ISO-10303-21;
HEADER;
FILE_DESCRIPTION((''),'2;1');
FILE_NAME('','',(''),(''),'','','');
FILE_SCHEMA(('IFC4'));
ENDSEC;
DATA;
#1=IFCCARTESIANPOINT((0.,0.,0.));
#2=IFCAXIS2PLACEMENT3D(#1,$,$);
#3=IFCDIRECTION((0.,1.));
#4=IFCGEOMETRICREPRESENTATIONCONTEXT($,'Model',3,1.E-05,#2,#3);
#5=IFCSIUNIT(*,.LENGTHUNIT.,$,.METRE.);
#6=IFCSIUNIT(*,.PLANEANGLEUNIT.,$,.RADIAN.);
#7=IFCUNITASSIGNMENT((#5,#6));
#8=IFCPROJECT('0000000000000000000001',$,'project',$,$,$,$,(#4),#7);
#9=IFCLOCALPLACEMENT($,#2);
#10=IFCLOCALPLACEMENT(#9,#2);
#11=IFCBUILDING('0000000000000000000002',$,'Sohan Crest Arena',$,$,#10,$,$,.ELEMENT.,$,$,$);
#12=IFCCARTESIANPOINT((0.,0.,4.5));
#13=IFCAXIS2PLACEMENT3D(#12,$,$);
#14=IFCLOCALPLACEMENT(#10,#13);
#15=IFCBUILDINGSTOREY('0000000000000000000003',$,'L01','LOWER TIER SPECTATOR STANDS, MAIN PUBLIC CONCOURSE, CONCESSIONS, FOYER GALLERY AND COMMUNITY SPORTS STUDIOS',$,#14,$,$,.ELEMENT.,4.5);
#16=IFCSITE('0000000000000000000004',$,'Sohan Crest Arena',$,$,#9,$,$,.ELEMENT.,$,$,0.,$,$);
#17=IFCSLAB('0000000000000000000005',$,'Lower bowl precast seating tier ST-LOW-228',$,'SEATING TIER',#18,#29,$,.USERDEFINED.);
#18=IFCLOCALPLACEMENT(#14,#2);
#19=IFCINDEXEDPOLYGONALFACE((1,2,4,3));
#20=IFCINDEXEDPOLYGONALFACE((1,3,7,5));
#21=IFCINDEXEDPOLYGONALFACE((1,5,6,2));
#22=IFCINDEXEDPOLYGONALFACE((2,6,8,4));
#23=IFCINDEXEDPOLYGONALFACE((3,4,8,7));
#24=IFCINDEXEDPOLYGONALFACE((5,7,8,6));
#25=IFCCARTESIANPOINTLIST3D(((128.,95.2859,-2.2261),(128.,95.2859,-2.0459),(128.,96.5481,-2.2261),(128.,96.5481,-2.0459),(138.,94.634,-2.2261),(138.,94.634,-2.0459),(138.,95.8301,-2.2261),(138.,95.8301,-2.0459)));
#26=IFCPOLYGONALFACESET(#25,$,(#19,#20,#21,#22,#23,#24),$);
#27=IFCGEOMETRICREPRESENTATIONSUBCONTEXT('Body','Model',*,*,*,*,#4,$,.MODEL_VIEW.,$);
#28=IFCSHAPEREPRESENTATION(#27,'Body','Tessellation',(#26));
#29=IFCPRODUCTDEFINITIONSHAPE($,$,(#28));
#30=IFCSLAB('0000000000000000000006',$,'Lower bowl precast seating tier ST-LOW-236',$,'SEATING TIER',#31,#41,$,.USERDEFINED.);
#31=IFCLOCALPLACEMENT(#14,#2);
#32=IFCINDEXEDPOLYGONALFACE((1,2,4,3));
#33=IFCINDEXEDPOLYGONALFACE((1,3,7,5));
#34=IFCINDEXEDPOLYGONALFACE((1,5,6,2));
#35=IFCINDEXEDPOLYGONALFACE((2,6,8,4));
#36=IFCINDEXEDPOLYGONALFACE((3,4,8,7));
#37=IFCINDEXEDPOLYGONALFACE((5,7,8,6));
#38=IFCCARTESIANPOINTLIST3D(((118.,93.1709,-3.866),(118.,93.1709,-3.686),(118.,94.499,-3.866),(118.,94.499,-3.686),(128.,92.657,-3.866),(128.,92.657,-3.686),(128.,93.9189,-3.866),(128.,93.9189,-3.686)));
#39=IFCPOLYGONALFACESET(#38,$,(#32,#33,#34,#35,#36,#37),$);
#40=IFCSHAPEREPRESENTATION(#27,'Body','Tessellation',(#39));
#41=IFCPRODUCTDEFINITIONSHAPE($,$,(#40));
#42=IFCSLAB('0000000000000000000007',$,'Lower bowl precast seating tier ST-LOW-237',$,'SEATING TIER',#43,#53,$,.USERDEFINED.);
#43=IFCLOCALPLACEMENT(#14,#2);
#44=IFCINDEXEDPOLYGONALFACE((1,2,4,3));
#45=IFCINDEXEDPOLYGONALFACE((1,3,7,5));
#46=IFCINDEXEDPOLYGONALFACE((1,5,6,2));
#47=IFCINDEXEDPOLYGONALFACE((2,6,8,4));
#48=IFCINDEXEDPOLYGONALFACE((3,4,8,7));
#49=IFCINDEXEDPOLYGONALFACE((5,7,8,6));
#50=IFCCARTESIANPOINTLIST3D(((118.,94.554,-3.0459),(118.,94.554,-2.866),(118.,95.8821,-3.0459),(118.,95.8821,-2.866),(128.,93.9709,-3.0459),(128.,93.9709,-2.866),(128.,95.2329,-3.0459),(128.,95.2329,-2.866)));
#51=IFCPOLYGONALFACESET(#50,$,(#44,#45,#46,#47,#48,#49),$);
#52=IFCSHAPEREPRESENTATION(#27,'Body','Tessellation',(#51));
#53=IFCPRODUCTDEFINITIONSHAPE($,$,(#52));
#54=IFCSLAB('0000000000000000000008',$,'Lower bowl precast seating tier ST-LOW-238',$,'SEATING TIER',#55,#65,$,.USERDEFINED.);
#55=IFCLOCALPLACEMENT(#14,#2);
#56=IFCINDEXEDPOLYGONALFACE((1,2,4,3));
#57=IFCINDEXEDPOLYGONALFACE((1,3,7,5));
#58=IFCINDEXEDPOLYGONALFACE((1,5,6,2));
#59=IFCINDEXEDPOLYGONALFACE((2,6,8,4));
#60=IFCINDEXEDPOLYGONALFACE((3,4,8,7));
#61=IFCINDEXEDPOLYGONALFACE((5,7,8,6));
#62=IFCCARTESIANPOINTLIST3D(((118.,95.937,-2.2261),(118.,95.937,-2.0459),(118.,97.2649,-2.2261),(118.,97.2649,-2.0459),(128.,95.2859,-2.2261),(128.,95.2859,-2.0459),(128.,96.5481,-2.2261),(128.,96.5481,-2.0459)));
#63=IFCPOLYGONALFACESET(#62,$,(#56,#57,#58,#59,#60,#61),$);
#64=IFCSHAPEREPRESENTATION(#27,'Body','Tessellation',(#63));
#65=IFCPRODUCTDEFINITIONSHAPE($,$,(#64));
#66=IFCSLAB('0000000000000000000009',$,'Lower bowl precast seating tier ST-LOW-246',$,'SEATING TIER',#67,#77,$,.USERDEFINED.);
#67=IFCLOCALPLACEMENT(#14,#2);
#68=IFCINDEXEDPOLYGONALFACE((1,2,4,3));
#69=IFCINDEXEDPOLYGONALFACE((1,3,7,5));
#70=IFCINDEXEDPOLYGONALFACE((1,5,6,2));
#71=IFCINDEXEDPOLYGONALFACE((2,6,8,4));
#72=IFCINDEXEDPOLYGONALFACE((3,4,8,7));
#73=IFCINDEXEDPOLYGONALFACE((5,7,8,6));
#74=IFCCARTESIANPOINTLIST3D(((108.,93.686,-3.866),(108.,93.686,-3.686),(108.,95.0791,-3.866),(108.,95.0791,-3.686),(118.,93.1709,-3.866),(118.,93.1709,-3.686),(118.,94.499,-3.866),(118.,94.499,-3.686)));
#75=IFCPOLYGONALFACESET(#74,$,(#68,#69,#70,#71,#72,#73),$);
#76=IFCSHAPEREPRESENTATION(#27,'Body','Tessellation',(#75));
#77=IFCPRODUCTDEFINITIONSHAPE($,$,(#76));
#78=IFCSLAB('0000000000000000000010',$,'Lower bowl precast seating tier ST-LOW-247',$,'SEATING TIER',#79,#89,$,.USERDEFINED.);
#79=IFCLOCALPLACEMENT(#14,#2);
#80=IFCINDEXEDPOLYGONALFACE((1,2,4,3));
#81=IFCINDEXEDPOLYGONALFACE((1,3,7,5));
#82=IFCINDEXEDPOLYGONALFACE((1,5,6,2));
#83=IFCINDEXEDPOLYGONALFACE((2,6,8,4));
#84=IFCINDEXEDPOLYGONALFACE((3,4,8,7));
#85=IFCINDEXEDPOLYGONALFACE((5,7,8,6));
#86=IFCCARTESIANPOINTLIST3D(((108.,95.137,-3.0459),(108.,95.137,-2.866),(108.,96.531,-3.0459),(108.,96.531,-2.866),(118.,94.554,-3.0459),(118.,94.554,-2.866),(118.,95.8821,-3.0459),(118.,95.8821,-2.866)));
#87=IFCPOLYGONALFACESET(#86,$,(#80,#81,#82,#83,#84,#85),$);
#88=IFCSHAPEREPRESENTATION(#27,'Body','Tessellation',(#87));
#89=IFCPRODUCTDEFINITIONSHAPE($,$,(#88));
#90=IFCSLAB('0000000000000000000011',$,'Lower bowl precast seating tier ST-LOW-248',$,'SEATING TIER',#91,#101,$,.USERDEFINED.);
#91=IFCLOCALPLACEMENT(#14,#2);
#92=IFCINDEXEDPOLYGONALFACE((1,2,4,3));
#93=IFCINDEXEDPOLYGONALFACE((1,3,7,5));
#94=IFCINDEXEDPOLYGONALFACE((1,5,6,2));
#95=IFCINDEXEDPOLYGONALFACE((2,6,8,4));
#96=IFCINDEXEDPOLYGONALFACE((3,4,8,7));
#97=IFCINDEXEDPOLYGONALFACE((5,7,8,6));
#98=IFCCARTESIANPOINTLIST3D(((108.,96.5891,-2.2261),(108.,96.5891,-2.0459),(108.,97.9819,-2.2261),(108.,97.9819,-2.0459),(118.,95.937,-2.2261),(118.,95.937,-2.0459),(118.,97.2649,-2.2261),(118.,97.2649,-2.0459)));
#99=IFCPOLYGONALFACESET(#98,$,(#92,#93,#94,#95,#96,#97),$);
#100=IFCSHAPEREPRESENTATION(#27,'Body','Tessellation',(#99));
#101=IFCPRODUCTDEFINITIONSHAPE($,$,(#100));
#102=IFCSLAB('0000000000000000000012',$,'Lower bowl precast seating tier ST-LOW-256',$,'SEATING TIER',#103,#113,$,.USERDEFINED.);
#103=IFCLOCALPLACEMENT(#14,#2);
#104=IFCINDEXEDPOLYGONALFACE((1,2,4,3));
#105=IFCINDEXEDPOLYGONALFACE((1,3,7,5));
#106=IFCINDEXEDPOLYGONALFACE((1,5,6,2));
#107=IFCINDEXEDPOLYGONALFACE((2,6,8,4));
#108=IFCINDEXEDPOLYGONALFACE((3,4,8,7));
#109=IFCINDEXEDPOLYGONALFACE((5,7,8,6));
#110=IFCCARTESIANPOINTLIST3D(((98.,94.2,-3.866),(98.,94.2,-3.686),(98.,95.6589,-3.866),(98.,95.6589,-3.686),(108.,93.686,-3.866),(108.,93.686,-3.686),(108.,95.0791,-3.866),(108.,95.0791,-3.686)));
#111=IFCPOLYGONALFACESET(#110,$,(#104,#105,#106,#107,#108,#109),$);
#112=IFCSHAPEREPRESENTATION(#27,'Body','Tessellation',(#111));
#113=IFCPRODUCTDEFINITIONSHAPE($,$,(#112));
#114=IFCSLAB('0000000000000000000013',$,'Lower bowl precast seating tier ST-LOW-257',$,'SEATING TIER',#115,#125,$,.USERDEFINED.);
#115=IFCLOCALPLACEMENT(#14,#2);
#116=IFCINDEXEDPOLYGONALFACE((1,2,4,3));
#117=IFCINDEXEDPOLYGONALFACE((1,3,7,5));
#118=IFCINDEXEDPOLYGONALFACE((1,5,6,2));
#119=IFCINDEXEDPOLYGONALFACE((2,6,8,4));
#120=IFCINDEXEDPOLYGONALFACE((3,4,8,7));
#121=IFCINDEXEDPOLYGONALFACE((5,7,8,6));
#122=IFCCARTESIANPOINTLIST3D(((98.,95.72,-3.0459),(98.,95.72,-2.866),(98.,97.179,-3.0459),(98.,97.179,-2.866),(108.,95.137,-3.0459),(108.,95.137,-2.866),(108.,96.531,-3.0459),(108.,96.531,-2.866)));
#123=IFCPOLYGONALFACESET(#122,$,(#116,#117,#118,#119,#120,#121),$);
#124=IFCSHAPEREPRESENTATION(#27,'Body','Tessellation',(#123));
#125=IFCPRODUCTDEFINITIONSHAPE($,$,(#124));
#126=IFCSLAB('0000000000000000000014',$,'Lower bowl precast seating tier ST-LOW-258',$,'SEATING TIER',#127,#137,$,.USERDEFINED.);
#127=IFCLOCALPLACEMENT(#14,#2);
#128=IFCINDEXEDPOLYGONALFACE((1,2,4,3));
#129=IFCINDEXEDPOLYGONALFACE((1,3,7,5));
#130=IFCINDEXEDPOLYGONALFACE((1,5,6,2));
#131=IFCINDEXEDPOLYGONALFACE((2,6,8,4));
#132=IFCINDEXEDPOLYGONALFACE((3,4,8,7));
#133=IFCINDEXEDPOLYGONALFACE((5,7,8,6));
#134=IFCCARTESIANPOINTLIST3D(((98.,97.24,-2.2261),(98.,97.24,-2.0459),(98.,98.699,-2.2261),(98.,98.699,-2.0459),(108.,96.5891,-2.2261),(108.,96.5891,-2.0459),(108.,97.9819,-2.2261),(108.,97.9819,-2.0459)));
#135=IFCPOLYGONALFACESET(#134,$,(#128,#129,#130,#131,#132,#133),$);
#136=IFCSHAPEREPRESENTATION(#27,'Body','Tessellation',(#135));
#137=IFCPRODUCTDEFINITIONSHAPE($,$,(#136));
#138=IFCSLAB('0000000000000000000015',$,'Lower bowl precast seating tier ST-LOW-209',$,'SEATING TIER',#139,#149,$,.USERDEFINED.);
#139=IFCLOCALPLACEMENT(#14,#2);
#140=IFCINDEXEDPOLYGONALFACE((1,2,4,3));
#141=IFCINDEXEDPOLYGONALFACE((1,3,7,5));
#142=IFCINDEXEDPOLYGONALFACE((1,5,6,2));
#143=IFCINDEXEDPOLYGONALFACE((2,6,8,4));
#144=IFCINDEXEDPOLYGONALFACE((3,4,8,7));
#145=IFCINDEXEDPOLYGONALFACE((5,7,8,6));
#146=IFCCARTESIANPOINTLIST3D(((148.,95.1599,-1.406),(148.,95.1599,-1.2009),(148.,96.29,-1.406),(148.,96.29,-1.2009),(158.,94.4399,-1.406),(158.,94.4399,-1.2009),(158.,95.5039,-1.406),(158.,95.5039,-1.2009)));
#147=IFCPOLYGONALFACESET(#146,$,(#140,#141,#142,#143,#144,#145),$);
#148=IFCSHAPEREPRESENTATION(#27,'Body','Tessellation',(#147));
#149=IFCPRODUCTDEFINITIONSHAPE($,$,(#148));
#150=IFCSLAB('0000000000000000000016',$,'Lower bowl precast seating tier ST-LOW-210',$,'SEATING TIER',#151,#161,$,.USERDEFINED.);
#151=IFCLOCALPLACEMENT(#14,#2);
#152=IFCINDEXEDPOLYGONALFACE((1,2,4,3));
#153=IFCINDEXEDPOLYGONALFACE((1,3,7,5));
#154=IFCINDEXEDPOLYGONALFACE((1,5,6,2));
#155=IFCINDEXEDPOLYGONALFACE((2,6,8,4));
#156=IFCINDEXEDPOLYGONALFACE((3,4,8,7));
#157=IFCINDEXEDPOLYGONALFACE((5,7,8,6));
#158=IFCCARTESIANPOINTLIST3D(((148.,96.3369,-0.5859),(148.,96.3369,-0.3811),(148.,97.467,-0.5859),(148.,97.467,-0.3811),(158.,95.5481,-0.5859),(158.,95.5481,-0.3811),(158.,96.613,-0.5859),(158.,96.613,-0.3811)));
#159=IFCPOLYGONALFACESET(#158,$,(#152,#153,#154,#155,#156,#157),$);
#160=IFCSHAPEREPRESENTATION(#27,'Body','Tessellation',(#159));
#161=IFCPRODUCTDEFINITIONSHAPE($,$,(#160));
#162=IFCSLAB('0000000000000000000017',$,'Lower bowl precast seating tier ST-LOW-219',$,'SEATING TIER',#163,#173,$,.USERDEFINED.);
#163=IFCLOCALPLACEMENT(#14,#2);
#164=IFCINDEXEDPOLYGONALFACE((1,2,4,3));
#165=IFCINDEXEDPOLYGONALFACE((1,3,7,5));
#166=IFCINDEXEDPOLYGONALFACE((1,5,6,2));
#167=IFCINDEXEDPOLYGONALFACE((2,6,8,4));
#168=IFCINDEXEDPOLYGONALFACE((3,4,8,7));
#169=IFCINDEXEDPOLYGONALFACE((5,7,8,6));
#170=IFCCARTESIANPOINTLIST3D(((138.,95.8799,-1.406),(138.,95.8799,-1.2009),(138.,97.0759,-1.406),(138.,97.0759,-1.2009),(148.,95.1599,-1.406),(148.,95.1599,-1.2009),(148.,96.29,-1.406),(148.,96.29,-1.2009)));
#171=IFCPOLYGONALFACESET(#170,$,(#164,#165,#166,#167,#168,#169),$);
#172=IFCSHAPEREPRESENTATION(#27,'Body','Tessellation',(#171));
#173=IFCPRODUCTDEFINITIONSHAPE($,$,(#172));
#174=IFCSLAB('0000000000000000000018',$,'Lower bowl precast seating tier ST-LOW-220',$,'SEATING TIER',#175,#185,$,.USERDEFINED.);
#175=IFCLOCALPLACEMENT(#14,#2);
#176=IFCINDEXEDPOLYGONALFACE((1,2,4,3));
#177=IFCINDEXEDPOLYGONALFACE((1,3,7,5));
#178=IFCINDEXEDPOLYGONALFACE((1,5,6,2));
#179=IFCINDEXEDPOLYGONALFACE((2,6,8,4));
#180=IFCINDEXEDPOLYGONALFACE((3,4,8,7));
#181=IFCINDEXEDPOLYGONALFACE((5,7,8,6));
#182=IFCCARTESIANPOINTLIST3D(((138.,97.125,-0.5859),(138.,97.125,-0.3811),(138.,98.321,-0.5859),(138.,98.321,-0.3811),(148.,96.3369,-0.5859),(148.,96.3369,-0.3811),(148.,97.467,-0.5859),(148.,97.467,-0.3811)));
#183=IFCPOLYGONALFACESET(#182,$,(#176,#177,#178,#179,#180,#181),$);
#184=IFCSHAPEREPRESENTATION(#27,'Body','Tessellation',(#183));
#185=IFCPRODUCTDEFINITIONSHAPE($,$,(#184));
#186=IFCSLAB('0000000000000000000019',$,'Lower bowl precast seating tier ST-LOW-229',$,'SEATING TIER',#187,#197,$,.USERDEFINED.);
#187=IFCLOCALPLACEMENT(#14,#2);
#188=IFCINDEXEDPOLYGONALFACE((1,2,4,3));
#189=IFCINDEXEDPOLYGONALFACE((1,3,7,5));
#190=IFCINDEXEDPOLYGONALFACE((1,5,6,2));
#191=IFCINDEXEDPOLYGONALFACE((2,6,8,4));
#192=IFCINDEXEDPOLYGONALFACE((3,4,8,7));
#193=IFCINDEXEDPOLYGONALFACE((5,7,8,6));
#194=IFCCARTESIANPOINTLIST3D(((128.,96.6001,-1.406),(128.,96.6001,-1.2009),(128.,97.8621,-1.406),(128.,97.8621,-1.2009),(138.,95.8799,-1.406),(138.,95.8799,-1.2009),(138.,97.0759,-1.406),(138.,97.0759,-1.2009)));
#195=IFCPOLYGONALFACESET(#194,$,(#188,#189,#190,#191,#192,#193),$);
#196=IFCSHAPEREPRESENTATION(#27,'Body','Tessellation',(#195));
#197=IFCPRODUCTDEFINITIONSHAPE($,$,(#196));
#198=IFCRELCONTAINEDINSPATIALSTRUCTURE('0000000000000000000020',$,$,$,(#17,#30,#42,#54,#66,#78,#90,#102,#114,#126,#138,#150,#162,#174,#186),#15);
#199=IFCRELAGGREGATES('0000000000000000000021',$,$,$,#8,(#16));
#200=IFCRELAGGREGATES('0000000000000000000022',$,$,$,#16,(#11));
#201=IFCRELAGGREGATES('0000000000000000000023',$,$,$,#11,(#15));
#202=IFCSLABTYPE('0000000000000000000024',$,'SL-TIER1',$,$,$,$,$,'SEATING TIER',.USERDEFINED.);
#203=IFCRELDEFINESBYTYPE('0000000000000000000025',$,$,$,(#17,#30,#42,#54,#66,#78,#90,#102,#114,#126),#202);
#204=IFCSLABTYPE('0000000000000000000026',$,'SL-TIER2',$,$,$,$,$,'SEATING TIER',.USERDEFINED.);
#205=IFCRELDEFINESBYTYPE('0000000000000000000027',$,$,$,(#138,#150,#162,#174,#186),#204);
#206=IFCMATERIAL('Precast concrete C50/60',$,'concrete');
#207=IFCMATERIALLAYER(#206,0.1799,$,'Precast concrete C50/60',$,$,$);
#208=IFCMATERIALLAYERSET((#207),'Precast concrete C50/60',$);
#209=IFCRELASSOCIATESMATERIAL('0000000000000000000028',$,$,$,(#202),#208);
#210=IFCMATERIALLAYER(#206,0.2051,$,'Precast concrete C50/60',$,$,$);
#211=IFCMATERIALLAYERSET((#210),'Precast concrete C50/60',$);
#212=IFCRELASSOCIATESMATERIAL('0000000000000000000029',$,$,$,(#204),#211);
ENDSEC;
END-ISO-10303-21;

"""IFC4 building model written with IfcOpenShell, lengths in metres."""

from ifc_helpers import new_model, si_unit, direction, frame, origin, place, context, subcontext, project, spatial, polyline, outline, extrude, material, layer, layer_set, type_object, element, save


model = new_model("IFC4")

# Units and contexts
model_context = context("Model", 3, precision=1e-05, world=origin(), true_north=direction((0.0, 1.0)))
body_context = subcontext(model_context, "Body", "Model", "MODEL_VIEW")
ifc_project = project(units=[si_unit("LENGTHUNIT", "METRE"), si_unit("PLANEANGLEUNIT", "RADIAN")], contexts=[model_context])

# Site, building, storey
site_placement = place(None, origin())
site = spatial("IfcSite", under=ifc_project, at=site_placement, Name="Sohan Crest Arena", CompositionType="ELEMENT", RefElevation=0.0)
building_placement = place(site_placement, origin())
building = spatial("IfcBuilding", under=site, at=building_placement, Name="Sohan Crest Arena", CompositionType="ELEMENT")
storey_placement = place(building_placement, frame((0.0, 0.0, 4.5)))
storey = spatial("IfcBuildingStorey", under=building, at=storey_placement, Name="L01", Description="LOWER TIER SPECTATOR STANDS, MAIN PUBLIC CONCOURSE, CONCESSIONS, FOYER GALLERY AND COMMUNITY SPORTS STUDIOS", CompositionType="ELEMENT", Elevation=4.5)

# Slabs
ifc_material_1 = material(Name="Precast concrete C50/60", Category="concrete")
ifc_layer_1 = layer(ifc_material_1, 0.1799, Name="Precast concrete C50/60")
ifc_layer_set_1 = layer_set([ifc_layer_1], Name="Precast concrete C50/60")
slab_type_1 = type_object("IfcSlabType", Name="SL-TIER1", ElementType="SEATING TIER", PredefinedType="USERDEFINED", material=ifc_layer_set_1)
slab_1_placement = place(storey_placement, frame((0.0, 0.0, -2.2261)))
element("IfcSlab", 1, at=slab_1_placement, inside=storey, type_object=slab_type_1, Name="Lower bowl precast seating tier ST-LOW-228", ObjectType="SEATING TIER", PredefinedType="USERDEFINED", context=body_context, shape_type="SweptSolid", body=[
    extrude(outline(polyline([(138.0, 94.634), (128.0, 95.2859), (128.0, 96.5481), (138.0, 95.8301), (138.0, 94.634)])), origin(), (0.0, 0.0, 1.0), 0.1802),
])
slab_2_placement = place(storey_placement, frame((0.0, 0.0, -3.866)))
element("IfcSlab", 2, at=slab_2_placement, inside=storey, type_object=slab_type_1, Name="Lower bowl precast seating tier ST-LOW-236", ObjectType="SEATING TIER", PredefinedType="USERDEFINED", context=body_context, shape_type="SweptSolid", body=[
    extrude(outline(polyline([(128.0, 92.657), (118.0, 93.1709), (118.0, 94.499), (128.0, 93.9189), (128.0, 92.657)])), origin(), (0.0, 0.0, 1.0), 0.1799),
])
slab_3_placement = place(storey_placement, frame((0.0, 0.0, -3.0459)))
element("IfcSlab", 3, at=slab_3_placement, inside=storey, type_object=slab_type_1, Name="Lower bowl precast seating tier ST-LOW-237", ObjectType="SEATING TIER", PredefinedType="USERDEFINED", context=body_context, shape_type="SweptSolid", body=[
    extrude(outline(polyline([(128.0, 93.9709), (118.0, 94.554), (118.0, 95.8821), (128.0, 95.2329), (128.0, 93.9709)])), origin(), (0.0, 0.0, 1.0), 0.1799),
])
slab_4_placement = place(storey_placement, frame((0.0, 0.0, -2.2261)))
element("IfcSlab", 4, at=slab_4_placement, inside=storey, type_object=slab_type_1, Name="Lower bowl precast seating tier ST-LOW-238", ObjectType="SEATING TIER", PredefinedType="USERDEFINED", context=body_context, shape_type="SweptSolid", body=[
    extrude(outline(polyline([(128.0, 95.2859), (118.0, 95.937), (118.0, 97.2649), (128.0, 96.5481), (128.0, 95.2859)])), origin(), (0.0, 0.0, 1.0), 0.1802),
])
slab_5_placement = place(storey_placement, frame((0.0, 0.0, -3.866)))
element("IfcSlab", 5, at=slab_5_placement, inside=storey, type_object=slab_type_1, Name="Lower bowl precast seating tier ST-LOW-246", ObjectType="SEATING TIER", PredefinedType="USERDEFINED", context=body_context, shape_type="SweptSolid", body=[
    extrude(outline(polyline([(118.0, 93.1709), (108.0, 93.686), (108.0, 95.0791), (118.0, 94.499), (118.0, 93.1709)])), origin(), (0.0, 0.0, 1.0), 0.1799),
])
slab_6_placement = place(storey_placement, frame((0.0, 0.0, -3.0459)))
element("IfcSlab", 6, at=slab_6_placement, inside=storey, type_object=slab_type_1, Name="Lower bowl precast seating tier ST-LOW-247", ObjectType="SEATING TIER", PredefinedType="USERDEFINED", context=body_context, shape_type="SweptSolid", body=[
    extrude(outline(polyline([(118.0, 94.554), (108.0, 95.137), (108.0, 96.531), (118.0, 95.8821), (118.0, 94.554)])), origin(), (0.0, 0.0, 1.0), 0.1799),
])
slab_7_placement = place(storey_placement, frame((0.0, 0.0, -2.2261)))
element("IfcSlab", 7, at=slab_7_placement, inside=storey, type_object=slab_type_1, Name="Lower bowl precast seating tier ST-LOW-248", ObjectType="SEATING TIER", PredefinedType="USERDEFINED", context=body_context, shape_type="SweptSolid", body=[
    extrude(outline(polyline([(118.0, 95.937), (108.0, 96.5891), (108.0, 97.9819), (118.0, 97.2649), (118.0, 95.937)])), origin(), (0.0, 0.0, 1.0), 0.1802),
])
slab_8_placement = place(storey_placement, frame((0.0, 0.0, -3.866)))
element("IfcSlab", 8, at=slab_8_placement, inside=storey, type_object=slab_type_1, Name="Lower bowl precast seating tier ST-LOW-256", ObjectType="SEATING TIER", PredefinedType="USERDEFINED", context=body_context, shape_type="SweptSolid", body=[
    extrude(outline(polyline([(108.0, 93.686), (98.0, 94.2), (98.0, 95.6589), (108.0, 95.0791), (108.0, 93.686)])), origin(), (0.0, 0.0, 1.0), 0.1799),
])
slab_9_placement = place(storey_placement, frame((0.0, 0.0, -3.0459)))
element("IfcSlab", 9, at=slab_9_placement, inside=storey, type_object=slab_type_1, Name="Lower bowl precast seating tier ST-LOW-257", ObjectType="SEATING TIER", PredefinedType="USERDEFINED", context=body_context, shape_type="SweptSolid", body=[
    extrude(outline(polyline([(108.0, 95.137), (98.0, 95.72), (98.0, 97.179), (108.0, 96.531), (108.0, 95.137)])), origin(), (0.0, 0.0, 1.0), 0.1799),
])
slab_10_placement = place(storey_placement, frame((0.0, 0.0, -2.2261)))
element("IfcSlab", 10, at=slab_10_placement, inside=storey, type_object=slab_type_1, Name="Lower bowl precast seating tier ST-LOW-258", ObjectType="SEATING TIER", PredefinedType="USERDEFINED", context=body_context, shape_type="SweptSolid", body=[
    extrude(outline(polyline([(108.0, 96.5891), (98.0, 97.24), (98.0, 98.699), (108.0, 97.9819), (108.0, 96.5891)])), origin(), (0.0, 0.0, 1.0), 0.1802),
])
ifc_layer_2 = layer(ifc_material_1, 0.2051, Name="Precast concrete C50/60")
ifc_layer_set_2 = layer_set([ifc_layer_2], Name="Precast concrete C50/60")
slab_type_2 = type_object("IfcSlabType", Name="SL-TIER2", ElementType="SEATING TIER", PredefinedType="USERDEFINED", material=ifc_layer_set_2)
slab_11_placement = place(storey_placement, frame((0.0, 0.0, -1.406)))
element("IfcSlab", 11, at=slab_11_placement, inside=storey, type_object=slab_type_2, Name="Lower bowl precast seating tier ST-LOW-209", ObjectType="SEATING TIER", PredefinedType="USERDEFINED", context=body_context, shape_type="SweptSolid", body=[
    extrude(outline(polyline([(158.0, 94.4399), (148.0, 95.1599), (148.0, 96.29), (158.0, 95.5039), (158.0, 94.4399)])), origin(), (0.0, 0.0, 1.0), 0.2051),
])
slab_12_placement = place(storey_placement, frame((0.0, 0.0, -0.5859)))
element("IfcSlab", 12, at=slab_12_placement, inside=storey, type_object=slab_type_2, Name="Lower bowl precast seating tier ST-LOW-210", ObjectType="SEATING TIER", PredefinedType="USERDEFINED", context=body_context, shape_type="SweptSolid", body=[
    extrude(outline(polyline([(158.0, 95.5481), (148.0, 96.3369), (148.0, 97.467), (158.0, 96.613), (158.0, 95.5481)])), origin(), (0.0, 0.0, 1.0), 0.2048),
])
slab_13_placement = place(storey_placement, frame((0.0, 0.0, -1.406)))
element("IfcSlab", 13, at=slab_13_placement, inside=storey, type_object=slab_type_2, Name="Lower bowl precast seating tier ST-LOW-219", ObjectType="SEATING TIER", PredefinedType="USERDEFINED", context=body_context, shape_type="SweptSolid", body=[
    extrude(outline(polyline([(148.0, 95.1599), (138.0, 95.8799), (138.0, 97.0759), (148.0, 96.29), (148.0, 95.1599)])), origin(), (0.0, 0.0, 1.0), 0.2051),
])
slab_14_placement = place(storey_placement, frame((0.0, 0.0, -0.5859)))
element("IfcSlab", 14, at=slab_14_placement, inside=storey, type_object=slab_type_2, Name="Lower bowl precast seating tier ST-LOW-220", ObjectType="SEATING TIER", PredefinedType="USERDEFINED", context=body_context, shape_type="SweptSolid", body=[
    extrude(outline(polyline([(148.0, 96.3369), (138.0, 97.125), (138.0, 98.321), (148.0, 97.467), (148.0, 96.3369)])), origin(), (0.0, 0.0, 1.0), 0.2048),
])
slab_15_placement = place(storey_placement, frame((0.0, 0.0, -1.406)))
element("IfcSlab", 15, at=slab_15_placement, inside=storey, type_object=slab_type_2, Name="Lower bowl precast seating tier ST-LOW-229", ObjectType="SEATING TIER", PredefinedType="USERDEFINED", context=body_context, shape_type="SweptSolid", body=[
    extrude(outline(polyline([(138.0, 95.8799), (128.0, 96.6001), (128.0, 97.8621), (138.0, 97.0759), (138.0, 95.8799)])), origin(), (0.0, 0.0, 1.0), 0.2051),
])

save(model, "model.ifc")
